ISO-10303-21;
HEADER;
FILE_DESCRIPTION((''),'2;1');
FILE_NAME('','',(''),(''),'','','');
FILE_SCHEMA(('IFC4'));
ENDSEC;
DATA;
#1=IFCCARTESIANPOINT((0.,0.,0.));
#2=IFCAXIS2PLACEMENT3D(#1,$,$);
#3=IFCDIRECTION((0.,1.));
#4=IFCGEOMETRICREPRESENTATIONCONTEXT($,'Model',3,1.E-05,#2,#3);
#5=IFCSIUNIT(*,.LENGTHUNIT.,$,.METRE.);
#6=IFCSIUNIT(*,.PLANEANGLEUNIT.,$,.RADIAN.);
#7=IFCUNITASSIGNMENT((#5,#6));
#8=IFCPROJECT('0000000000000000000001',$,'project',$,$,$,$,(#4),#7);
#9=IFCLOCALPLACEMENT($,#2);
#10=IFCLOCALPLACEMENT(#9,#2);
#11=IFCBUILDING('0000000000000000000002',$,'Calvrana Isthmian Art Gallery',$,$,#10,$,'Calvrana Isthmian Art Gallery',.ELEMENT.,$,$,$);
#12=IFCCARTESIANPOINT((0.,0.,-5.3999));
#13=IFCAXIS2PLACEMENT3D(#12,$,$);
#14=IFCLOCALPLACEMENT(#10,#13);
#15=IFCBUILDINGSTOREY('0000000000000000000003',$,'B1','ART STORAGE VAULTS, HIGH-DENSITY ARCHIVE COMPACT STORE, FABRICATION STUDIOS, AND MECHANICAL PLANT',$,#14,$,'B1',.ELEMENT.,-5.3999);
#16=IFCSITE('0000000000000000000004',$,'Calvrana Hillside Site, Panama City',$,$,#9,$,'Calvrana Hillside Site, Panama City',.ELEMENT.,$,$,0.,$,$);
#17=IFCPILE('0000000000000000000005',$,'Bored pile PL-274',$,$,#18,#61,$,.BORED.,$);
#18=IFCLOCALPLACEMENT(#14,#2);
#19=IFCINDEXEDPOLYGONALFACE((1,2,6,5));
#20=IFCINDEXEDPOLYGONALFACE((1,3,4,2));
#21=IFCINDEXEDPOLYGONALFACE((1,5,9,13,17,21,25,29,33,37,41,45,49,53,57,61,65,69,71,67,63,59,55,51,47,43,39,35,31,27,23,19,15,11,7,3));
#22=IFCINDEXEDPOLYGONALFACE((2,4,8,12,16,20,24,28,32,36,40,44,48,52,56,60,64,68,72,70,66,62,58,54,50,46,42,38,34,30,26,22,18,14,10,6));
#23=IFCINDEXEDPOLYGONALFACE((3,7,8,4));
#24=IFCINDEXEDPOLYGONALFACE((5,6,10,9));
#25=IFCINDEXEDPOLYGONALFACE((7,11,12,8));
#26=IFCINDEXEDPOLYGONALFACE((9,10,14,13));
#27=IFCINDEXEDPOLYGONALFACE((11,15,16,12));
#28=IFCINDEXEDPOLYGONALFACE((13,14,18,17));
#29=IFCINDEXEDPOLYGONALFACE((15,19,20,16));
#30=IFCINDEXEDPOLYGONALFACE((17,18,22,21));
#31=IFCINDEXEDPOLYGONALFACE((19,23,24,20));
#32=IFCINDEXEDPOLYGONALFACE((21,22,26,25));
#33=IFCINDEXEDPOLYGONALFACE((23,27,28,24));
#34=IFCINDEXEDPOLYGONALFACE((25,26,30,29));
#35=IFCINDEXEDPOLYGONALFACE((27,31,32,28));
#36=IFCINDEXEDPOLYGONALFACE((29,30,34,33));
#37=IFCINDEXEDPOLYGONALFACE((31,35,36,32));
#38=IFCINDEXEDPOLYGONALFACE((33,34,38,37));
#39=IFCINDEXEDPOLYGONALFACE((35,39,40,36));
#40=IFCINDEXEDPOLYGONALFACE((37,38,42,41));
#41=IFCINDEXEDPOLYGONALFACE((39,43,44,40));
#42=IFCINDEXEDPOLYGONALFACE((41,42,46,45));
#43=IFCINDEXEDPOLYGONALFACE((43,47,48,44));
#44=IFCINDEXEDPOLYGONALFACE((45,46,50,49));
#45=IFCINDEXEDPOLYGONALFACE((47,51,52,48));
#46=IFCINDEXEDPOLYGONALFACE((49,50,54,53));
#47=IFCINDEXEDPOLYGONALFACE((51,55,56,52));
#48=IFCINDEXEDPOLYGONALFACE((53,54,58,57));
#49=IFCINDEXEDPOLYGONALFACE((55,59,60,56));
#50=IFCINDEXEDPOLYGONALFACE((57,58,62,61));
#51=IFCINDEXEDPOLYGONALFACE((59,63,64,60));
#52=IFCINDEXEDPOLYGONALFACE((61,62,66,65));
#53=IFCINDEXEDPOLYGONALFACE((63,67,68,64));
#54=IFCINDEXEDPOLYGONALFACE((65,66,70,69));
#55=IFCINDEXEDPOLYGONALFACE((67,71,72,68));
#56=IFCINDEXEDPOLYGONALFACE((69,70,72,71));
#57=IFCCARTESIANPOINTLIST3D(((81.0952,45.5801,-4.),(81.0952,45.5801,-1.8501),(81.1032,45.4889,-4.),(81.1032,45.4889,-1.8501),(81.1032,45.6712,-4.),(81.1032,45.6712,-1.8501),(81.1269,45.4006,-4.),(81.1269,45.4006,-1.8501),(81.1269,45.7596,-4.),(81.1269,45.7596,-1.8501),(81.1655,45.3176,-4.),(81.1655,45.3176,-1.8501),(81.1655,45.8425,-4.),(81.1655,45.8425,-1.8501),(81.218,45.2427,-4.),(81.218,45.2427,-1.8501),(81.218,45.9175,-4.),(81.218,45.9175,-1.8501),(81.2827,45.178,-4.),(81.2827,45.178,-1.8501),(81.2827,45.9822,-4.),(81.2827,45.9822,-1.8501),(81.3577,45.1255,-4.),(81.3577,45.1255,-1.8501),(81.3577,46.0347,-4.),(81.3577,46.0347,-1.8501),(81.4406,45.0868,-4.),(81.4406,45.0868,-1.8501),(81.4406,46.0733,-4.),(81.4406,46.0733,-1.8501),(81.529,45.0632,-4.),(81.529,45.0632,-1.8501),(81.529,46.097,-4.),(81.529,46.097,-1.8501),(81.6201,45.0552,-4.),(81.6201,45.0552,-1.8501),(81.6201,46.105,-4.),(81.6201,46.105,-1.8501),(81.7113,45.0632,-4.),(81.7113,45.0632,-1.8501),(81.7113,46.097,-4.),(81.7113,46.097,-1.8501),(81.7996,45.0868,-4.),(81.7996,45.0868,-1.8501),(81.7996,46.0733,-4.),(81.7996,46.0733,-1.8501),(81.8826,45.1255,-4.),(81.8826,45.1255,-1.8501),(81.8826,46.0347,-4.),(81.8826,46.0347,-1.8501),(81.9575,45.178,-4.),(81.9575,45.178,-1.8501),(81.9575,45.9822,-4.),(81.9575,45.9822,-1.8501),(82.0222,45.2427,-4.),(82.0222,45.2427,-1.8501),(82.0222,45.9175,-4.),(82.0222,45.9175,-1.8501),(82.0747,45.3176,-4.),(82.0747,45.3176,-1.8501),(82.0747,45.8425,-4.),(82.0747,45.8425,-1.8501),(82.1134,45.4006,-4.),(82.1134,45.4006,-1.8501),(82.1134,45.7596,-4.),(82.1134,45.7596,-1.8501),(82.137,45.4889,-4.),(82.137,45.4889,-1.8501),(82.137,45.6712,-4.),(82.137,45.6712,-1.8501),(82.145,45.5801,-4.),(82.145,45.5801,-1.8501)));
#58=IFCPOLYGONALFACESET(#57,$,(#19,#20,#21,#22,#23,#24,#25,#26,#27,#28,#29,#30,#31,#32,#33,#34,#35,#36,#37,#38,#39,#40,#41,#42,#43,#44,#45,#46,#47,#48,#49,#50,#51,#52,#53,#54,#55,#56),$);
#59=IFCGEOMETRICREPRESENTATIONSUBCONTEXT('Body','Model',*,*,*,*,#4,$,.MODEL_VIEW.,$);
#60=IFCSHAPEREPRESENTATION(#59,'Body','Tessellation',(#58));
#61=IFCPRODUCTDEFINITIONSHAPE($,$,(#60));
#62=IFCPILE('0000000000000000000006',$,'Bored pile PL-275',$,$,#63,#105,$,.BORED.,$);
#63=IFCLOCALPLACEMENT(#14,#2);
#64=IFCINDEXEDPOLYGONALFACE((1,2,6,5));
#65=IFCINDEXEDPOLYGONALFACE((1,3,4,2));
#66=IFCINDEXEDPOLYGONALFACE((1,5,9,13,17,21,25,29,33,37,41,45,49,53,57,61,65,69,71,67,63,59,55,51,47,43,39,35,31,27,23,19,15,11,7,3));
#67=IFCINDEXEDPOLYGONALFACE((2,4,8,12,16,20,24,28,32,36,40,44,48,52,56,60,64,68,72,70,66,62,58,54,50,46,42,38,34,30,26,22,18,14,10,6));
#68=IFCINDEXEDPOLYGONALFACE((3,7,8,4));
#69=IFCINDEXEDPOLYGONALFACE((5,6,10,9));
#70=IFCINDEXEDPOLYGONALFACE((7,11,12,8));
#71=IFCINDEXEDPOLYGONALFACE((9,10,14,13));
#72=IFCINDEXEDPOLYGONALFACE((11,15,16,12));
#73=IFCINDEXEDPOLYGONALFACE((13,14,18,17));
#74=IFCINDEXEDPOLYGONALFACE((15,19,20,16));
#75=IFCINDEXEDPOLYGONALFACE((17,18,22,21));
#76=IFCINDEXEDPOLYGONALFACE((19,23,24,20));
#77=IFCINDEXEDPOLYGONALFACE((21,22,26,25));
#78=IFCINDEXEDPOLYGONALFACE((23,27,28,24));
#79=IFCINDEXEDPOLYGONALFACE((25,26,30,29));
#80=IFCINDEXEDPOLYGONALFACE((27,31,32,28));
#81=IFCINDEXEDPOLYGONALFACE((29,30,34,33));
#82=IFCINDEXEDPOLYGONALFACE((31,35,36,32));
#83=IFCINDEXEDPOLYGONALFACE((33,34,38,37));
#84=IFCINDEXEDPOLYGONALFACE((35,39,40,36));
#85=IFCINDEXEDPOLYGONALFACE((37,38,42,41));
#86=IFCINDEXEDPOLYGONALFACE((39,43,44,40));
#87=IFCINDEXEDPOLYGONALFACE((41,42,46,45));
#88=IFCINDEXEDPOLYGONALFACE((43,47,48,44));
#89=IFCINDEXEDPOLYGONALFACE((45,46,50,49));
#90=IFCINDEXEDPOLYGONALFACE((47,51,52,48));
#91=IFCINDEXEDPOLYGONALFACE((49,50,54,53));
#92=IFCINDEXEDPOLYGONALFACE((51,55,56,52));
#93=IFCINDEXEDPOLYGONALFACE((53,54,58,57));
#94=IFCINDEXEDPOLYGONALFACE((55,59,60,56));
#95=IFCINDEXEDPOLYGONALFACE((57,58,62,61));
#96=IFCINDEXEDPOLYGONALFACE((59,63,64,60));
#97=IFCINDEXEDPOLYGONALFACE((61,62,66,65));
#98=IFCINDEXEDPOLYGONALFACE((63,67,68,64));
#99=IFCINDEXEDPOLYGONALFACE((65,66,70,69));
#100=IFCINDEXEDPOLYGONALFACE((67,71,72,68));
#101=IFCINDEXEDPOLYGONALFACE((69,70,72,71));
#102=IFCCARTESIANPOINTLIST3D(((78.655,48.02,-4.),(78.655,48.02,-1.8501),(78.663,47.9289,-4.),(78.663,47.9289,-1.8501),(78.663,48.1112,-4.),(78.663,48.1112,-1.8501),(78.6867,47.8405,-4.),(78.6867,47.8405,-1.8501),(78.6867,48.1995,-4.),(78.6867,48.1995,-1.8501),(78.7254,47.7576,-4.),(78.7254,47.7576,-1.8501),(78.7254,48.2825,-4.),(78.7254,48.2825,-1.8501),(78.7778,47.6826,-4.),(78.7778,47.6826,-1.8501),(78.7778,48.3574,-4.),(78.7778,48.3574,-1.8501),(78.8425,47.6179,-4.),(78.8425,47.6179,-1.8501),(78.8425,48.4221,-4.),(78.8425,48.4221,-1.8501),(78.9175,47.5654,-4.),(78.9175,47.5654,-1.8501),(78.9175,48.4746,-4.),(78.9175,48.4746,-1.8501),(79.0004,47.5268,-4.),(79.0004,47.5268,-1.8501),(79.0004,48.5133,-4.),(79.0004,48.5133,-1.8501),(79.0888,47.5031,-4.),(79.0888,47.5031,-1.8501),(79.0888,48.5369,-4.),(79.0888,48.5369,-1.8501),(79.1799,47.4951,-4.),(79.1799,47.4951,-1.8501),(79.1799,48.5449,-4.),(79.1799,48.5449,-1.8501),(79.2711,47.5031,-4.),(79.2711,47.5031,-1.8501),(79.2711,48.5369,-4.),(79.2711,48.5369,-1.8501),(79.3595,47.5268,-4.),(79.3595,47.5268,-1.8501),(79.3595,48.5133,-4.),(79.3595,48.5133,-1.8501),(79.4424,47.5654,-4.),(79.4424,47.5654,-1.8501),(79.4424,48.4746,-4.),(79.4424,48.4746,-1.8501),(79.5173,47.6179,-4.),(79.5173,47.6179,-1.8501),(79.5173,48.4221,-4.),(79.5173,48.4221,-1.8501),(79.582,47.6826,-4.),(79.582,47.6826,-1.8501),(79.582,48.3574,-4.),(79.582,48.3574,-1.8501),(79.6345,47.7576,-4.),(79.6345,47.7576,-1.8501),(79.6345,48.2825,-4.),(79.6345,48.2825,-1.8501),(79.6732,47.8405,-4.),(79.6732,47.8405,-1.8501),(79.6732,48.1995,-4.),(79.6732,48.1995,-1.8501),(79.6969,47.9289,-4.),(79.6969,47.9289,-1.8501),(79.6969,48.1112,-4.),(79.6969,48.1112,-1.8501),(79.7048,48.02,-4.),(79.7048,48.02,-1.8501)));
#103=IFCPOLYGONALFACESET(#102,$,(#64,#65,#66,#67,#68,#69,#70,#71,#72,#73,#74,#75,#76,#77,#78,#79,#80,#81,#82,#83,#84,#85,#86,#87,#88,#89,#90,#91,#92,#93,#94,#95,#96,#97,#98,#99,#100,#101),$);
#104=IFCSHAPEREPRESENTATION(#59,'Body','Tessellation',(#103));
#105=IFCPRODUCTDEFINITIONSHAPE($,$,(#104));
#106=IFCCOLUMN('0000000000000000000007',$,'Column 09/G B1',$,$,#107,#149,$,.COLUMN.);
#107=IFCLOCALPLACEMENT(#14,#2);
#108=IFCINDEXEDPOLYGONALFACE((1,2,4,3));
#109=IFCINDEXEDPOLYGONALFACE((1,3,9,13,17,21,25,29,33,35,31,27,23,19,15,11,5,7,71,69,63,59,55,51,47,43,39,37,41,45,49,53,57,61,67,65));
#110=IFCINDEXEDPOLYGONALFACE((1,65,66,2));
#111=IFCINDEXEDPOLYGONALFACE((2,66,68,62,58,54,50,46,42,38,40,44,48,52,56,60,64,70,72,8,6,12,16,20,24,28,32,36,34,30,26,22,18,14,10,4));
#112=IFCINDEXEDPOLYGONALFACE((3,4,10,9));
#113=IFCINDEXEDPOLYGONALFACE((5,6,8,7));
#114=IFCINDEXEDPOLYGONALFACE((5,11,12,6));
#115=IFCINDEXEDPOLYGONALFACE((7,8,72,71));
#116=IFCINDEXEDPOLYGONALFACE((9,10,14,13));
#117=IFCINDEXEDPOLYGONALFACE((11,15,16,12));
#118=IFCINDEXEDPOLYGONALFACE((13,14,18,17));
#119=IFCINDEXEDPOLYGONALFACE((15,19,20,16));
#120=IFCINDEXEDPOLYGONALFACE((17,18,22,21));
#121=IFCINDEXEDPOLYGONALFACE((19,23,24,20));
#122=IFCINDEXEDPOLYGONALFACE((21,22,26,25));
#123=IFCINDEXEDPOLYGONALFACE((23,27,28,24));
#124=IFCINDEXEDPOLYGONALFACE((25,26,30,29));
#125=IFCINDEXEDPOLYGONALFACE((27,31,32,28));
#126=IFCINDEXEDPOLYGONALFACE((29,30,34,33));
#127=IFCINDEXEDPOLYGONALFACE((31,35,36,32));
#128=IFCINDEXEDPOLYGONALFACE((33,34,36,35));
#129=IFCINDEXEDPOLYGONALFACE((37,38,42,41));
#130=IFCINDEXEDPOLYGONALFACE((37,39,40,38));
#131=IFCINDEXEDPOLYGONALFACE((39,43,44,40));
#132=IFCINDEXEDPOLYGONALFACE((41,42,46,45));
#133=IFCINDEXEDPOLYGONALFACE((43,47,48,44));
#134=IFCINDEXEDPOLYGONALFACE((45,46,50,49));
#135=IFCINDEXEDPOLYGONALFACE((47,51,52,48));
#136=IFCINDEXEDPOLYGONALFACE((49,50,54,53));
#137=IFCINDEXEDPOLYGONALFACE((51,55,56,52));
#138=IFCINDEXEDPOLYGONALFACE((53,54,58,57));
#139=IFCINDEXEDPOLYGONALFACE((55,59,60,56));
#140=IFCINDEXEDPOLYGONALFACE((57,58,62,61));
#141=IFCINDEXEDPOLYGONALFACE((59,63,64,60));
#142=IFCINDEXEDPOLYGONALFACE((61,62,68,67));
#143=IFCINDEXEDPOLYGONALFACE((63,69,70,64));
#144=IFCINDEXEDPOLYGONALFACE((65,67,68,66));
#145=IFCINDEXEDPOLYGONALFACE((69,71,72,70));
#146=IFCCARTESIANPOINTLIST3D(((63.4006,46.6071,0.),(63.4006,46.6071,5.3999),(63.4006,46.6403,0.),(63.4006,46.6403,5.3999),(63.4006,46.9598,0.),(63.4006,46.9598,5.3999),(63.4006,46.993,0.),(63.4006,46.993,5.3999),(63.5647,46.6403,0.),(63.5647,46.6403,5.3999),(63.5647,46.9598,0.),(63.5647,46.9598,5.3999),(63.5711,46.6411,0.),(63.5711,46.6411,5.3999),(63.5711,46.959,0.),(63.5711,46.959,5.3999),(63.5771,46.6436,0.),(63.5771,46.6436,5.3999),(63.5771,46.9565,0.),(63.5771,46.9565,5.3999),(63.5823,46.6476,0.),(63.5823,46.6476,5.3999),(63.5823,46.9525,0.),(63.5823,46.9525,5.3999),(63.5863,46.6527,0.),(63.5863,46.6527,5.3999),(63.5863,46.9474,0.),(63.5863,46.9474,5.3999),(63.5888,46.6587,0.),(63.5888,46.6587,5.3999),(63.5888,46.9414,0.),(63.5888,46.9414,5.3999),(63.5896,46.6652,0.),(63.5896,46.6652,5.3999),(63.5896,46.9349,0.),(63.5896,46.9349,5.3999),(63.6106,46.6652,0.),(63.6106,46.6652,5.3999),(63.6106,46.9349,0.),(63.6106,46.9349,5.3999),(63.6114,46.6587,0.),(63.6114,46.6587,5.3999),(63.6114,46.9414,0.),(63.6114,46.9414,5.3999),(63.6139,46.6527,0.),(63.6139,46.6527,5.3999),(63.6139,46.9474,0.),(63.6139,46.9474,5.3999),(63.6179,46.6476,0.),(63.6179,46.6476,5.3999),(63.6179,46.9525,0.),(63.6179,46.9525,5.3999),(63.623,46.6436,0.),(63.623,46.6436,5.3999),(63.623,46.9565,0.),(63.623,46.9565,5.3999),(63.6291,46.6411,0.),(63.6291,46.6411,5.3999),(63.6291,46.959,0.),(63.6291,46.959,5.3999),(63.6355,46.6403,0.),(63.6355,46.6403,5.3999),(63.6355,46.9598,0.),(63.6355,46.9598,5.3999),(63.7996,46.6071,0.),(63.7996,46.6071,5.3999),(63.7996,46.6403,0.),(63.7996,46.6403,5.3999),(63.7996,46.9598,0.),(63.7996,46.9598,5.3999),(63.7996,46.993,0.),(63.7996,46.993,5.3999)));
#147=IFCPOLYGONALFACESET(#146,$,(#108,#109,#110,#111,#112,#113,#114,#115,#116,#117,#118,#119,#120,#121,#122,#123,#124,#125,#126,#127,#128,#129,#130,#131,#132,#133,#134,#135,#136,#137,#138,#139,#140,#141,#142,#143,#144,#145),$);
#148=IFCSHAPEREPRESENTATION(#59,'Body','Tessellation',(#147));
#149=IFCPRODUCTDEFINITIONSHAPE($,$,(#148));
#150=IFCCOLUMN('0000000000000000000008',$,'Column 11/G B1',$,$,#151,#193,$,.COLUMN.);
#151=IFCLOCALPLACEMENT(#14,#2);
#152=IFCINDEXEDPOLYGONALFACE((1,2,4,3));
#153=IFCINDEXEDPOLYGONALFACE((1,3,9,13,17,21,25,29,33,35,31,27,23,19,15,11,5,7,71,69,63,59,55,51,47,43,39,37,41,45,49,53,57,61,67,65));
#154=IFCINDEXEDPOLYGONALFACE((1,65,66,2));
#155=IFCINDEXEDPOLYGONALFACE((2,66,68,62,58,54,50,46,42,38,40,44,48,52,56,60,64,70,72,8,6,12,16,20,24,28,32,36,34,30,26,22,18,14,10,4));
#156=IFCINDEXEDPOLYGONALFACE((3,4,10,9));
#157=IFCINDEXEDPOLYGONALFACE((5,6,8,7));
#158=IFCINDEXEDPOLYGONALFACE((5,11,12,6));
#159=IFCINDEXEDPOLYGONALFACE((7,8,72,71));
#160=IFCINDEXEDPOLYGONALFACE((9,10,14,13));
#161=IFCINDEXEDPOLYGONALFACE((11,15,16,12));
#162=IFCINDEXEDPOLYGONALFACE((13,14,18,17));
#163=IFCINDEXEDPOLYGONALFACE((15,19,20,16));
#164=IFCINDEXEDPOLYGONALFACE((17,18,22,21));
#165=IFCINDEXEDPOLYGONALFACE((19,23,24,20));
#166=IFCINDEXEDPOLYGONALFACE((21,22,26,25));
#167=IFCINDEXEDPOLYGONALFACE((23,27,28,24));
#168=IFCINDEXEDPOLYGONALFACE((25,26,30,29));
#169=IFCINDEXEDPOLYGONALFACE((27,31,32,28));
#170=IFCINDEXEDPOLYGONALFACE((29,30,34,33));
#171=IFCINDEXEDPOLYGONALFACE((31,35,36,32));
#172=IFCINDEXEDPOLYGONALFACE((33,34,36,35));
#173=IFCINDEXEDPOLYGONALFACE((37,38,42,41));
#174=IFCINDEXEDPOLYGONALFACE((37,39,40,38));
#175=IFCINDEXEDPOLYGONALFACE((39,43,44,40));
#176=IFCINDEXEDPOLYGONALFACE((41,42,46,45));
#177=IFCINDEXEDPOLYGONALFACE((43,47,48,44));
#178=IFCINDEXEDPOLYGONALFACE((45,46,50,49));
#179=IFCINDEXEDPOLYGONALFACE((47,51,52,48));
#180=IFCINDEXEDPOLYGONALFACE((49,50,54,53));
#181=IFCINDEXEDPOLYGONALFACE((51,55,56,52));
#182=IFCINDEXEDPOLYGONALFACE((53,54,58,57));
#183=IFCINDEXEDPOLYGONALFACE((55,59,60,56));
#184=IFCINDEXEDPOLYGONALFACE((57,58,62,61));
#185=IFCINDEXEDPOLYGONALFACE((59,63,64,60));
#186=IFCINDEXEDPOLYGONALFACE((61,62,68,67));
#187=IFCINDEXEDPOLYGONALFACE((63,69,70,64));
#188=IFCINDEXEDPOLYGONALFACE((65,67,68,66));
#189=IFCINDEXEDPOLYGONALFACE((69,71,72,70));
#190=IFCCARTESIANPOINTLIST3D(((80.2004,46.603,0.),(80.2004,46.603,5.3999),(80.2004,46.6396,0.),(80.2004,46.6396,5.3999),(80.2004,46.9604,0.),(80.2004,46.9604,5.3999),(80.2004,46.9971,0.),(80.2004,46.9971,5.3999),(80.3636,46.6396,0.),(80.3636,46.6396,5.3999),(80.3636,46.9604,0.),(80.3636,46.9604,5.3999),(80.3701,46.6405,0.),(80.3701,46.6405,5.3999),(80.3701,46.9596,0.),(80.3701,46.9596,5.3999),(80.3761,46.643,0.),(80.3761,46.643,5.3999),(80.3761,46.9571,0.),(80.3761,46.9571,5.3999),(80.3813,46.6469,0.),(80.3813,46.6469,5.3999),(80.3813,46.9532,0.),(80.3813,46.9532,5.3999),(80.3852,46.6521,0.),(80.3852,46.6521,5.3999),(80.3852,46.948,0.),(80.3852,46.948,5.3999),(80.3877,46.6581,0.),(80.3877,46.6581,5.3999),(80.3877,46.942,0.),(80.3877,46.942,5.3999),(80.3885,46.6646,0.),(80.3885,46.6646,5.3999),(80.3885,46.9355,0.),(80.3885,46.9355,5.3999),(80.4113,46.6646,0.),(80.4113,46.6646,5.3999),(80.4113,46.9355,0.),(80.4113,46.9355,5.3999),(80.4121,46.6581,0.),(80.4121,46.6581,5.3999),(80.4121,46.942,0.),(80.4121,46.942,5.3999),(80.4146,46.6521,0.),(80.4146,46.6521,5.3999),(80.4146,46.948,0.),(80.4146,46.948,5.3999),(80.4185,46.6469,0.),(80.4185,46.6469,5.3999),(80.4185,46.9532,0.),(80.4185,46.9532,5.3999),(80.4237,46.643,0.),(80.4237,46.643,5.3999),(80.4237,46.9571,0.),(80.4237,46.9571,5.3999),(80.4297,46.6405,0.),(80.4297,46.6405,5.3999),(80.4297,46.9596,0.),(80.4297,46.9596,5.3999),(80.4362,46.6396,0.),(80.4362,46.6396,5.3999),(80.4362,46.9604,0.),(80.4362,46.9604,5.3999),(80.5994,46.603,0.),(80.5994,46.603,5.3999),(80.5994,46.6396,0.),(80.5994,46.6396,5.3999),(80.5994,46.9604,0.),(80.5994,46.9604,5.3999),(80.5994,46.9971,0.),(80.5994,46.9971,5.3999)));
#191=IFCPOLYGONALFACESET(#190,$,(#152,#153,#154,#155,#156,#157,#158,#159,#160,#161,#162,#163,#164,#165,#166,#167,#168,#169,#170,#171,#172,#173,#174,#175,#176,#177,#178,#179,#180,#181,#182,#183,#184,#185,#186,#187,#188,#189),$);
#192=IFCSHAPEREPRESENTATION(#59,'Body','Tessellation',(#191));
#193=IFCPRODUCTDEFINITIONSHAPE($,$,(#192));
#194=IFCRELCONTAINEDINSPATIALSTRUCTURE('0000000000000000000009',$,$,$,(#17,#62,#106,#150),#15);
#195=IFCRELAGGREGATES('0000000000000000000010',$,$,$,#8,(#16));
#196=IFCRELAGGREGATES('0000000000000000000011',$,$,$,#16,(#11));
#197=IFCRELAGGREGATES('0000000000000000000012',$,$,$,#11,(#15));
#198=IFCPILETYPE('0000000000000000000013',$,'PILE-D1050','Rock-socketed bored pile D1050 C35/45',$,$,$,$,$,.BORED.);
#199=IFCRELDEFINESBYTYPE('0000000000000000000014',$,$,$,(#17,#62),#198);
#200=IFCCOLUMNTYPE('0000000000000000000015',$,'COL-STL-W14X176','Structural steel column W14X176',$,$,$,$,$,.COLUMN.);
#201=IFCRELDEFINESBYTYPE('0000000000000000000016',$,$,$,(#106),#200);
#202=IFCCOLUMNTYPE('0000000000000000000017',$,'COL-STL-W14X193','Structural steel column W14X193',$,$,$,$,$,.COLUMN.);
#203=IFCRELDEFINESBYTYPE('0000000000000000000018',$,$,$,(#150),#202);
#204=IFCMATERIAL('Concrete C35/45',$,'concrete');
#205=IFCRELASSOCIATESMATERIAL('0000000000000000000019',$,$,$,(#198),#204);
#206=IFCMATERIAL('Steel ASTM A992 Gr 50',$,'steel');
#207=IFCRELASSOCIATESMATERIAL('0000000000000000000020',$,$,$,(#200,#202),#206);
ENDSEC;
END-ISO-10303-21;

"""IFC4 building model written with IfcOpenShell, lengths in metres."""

from ifc_helpers import new_model, si_unit, direction, frame, origin, origin_2d, place, context, subcontext, project, spatial, circle, i_section, extrude, material, material_profile, profile_set, type_object, element, save


model = new_model("IFC4")

# Units and contexts
model_context = context("Model", 3, precision=1e-05, world=origin(), true_north=direction((0.0, 1.0)))
body_context = subcontext(model_context, "Body", "Model", "MODEL_VIEW")
ifc_project = project(units=[si_unit("LENGTHUNIT", "METRE"), si_unit("PLANEANGLEUNIT", "RADIAN")], contexts=[model_context])

# Site, building, storey
site_placement = place(None, origin())
site = spatial("IfcSite", under=ifc_project, at=site_placement, Name="Calvrana Hillside Site, Panama City", LongName="Calvrana Hillside Site, Panama City", CompositionType="ELEMENT", RefElevation=0.0)
building_placement = place(site_placement, origin())
building = spatial("IfcBuilding", under=site, at=building_placement, Name="Calvrana Isthmian Art Gallery", LongName="Calvrana Isthmian Art Gallery", CompositionType="ELEMENT")
storey_placement = place(building_placement, frame((0.0, 0.0, -5.3999)))
storey = spatial("IfcBuildingStorey", under=building, at=storey_placement, Name="B1", Description="ART STORAGE VAULTS, HIGH-DENSITY ARCHIVE COMPACT STORE, FABRICATION STUDIOS, AND MECHANICAL PLANT", LongName="B1", CompositionType="ELEMENT", Elevation=-5.3999)

# Shared definitions
ifc_material_1 = material(Name="Concrete C35/45", Category="concrete")

# Piles
ifc_material_profile_1 = material_profile(ifc_material_1, circle(Radius=0.5249, at=origin_2d()), Name="PILE1050D")
ifc_profile_set_1 = profile_set([ifc_material_profile_1], Name="Concrete C35/45")
pile_type = type_object("IfcPileType", Name="PILE-D1050", Description="Rock-socketed bored pile D1050 C35/45", PredefinedType="BORED", material=ifc_profile_set_1)
for number, where, z_axis, x_axis, name in (
    (1, (81.6201, 45.5801, -1.8501), (0.0, 0.0, -1.0), (1.0, 0.0, 0.0), "Bored pile PL-274"),
    (2, (79.1799, 48.02, -1.8501), (0.0, 0.0, -1.0), (1.0, 0.0, 0.0), "Bored pile PL-275"),
):
    element("IfcPile", number, at=place(storey_placement, frame(where, z_axis=z_axis, x_axis=x_axis)), inside=storey, type_object=pile_type, Name=name, PredefinedType="BORED", context=body_context, shape_type="SweptSolid", body=[
        extrude(circle(Radius=0.5249, at=origin_2d()), origin(), (0.0, 0.0, 1.0), 2.1499),
    ])

# Columns
ifc_material_2 = material(Name="Steel ASTM A992 Gr 50", Category="steel")
ifc_material_profile_2 = material_profile(ifc_material_2, i_section(OverallWidth=0.3989, OverallDepth=0.386, WebThickness=0.021, FlangeThickness=0.0332, FilletRadius=0.0249, at=origin_2d()), Name="W14X176")
ifc_profile_set_2 = profile_set([ifc_material_profile_2], Name="Steel ASTM A992 Gr 50")
column_type_1 = type_object("IfcColumnType", Name="COL-STL-W14X176", Description="Structural steel column W14X176", PredefinedType="COLUMN", material=ifc_profile_set_2)
column_1_placement = place(storey_placement, frame((63.6001, 46.8, 0.0), z_axis=(0.0, 0.0, 1.0), x_axis=(1.0, 0.0, 0.0)))
element("IfcColumn", 3, at=column_1_placement, inside=storey, type_object=column_type_1, Name="Column 09/G B1", PredefinedType="COLUMN", context=body_context, shape_type="SweptSolid", body=[
    extrude(i_section(OverallWidth=0.3989, OverallDepth=0.386, WebThickness=0.021, FlangeThickness=0.0332, FilletRadius=0.0249, at=origin_2d()), origin(), (0.0, 0.0, 1.0), 5.3999),
])
ifc_material_profile_3 = material_profile(ifc_material_2, i_section(OverallWidth=0.3989, OverallDepth=0.394, WebThickness=0.0227, FlangeThickness=0.0366, FilletRadius=0.0249, at=origin_2d()), Name="W14X193")
ifc_profile_set_3 = profile_set([ifc_material_profile_3], Name="Steel ASTM A992 Gr 50")
column_type_2 = type_object("IfcColumnType", Name="COL-STL-W14X193", Description="Structural steel column W14X193", PredefinedType="COLUMN", material=ifc_profile_set_3)
column_2_placement = place(storey_placement, frame((80.3999, 46.8, 0.0), z_axis=(0.0, 0.0, 1.0), x_axis=(1.0, 0.0, 0.0)))
element("IfcColumn", 4, at=column_2_placement, inside=storey, type_object=column_type_2, Name="Column 11/G B1", PredefinedType="COLUMN", context=body_context, shape_type="SweptSolid", body=[
    extrude(i_section(OverallWidth=0.3989, OverallDepth=0.394, WebThickness=0.0227, FlangeThickness=0.0366, FilletRadius=0.0249, at=origin_2d()), origin(), (0.0, 0.0, 1.0), 5.3999),
])

save(model, "model.ifc")
